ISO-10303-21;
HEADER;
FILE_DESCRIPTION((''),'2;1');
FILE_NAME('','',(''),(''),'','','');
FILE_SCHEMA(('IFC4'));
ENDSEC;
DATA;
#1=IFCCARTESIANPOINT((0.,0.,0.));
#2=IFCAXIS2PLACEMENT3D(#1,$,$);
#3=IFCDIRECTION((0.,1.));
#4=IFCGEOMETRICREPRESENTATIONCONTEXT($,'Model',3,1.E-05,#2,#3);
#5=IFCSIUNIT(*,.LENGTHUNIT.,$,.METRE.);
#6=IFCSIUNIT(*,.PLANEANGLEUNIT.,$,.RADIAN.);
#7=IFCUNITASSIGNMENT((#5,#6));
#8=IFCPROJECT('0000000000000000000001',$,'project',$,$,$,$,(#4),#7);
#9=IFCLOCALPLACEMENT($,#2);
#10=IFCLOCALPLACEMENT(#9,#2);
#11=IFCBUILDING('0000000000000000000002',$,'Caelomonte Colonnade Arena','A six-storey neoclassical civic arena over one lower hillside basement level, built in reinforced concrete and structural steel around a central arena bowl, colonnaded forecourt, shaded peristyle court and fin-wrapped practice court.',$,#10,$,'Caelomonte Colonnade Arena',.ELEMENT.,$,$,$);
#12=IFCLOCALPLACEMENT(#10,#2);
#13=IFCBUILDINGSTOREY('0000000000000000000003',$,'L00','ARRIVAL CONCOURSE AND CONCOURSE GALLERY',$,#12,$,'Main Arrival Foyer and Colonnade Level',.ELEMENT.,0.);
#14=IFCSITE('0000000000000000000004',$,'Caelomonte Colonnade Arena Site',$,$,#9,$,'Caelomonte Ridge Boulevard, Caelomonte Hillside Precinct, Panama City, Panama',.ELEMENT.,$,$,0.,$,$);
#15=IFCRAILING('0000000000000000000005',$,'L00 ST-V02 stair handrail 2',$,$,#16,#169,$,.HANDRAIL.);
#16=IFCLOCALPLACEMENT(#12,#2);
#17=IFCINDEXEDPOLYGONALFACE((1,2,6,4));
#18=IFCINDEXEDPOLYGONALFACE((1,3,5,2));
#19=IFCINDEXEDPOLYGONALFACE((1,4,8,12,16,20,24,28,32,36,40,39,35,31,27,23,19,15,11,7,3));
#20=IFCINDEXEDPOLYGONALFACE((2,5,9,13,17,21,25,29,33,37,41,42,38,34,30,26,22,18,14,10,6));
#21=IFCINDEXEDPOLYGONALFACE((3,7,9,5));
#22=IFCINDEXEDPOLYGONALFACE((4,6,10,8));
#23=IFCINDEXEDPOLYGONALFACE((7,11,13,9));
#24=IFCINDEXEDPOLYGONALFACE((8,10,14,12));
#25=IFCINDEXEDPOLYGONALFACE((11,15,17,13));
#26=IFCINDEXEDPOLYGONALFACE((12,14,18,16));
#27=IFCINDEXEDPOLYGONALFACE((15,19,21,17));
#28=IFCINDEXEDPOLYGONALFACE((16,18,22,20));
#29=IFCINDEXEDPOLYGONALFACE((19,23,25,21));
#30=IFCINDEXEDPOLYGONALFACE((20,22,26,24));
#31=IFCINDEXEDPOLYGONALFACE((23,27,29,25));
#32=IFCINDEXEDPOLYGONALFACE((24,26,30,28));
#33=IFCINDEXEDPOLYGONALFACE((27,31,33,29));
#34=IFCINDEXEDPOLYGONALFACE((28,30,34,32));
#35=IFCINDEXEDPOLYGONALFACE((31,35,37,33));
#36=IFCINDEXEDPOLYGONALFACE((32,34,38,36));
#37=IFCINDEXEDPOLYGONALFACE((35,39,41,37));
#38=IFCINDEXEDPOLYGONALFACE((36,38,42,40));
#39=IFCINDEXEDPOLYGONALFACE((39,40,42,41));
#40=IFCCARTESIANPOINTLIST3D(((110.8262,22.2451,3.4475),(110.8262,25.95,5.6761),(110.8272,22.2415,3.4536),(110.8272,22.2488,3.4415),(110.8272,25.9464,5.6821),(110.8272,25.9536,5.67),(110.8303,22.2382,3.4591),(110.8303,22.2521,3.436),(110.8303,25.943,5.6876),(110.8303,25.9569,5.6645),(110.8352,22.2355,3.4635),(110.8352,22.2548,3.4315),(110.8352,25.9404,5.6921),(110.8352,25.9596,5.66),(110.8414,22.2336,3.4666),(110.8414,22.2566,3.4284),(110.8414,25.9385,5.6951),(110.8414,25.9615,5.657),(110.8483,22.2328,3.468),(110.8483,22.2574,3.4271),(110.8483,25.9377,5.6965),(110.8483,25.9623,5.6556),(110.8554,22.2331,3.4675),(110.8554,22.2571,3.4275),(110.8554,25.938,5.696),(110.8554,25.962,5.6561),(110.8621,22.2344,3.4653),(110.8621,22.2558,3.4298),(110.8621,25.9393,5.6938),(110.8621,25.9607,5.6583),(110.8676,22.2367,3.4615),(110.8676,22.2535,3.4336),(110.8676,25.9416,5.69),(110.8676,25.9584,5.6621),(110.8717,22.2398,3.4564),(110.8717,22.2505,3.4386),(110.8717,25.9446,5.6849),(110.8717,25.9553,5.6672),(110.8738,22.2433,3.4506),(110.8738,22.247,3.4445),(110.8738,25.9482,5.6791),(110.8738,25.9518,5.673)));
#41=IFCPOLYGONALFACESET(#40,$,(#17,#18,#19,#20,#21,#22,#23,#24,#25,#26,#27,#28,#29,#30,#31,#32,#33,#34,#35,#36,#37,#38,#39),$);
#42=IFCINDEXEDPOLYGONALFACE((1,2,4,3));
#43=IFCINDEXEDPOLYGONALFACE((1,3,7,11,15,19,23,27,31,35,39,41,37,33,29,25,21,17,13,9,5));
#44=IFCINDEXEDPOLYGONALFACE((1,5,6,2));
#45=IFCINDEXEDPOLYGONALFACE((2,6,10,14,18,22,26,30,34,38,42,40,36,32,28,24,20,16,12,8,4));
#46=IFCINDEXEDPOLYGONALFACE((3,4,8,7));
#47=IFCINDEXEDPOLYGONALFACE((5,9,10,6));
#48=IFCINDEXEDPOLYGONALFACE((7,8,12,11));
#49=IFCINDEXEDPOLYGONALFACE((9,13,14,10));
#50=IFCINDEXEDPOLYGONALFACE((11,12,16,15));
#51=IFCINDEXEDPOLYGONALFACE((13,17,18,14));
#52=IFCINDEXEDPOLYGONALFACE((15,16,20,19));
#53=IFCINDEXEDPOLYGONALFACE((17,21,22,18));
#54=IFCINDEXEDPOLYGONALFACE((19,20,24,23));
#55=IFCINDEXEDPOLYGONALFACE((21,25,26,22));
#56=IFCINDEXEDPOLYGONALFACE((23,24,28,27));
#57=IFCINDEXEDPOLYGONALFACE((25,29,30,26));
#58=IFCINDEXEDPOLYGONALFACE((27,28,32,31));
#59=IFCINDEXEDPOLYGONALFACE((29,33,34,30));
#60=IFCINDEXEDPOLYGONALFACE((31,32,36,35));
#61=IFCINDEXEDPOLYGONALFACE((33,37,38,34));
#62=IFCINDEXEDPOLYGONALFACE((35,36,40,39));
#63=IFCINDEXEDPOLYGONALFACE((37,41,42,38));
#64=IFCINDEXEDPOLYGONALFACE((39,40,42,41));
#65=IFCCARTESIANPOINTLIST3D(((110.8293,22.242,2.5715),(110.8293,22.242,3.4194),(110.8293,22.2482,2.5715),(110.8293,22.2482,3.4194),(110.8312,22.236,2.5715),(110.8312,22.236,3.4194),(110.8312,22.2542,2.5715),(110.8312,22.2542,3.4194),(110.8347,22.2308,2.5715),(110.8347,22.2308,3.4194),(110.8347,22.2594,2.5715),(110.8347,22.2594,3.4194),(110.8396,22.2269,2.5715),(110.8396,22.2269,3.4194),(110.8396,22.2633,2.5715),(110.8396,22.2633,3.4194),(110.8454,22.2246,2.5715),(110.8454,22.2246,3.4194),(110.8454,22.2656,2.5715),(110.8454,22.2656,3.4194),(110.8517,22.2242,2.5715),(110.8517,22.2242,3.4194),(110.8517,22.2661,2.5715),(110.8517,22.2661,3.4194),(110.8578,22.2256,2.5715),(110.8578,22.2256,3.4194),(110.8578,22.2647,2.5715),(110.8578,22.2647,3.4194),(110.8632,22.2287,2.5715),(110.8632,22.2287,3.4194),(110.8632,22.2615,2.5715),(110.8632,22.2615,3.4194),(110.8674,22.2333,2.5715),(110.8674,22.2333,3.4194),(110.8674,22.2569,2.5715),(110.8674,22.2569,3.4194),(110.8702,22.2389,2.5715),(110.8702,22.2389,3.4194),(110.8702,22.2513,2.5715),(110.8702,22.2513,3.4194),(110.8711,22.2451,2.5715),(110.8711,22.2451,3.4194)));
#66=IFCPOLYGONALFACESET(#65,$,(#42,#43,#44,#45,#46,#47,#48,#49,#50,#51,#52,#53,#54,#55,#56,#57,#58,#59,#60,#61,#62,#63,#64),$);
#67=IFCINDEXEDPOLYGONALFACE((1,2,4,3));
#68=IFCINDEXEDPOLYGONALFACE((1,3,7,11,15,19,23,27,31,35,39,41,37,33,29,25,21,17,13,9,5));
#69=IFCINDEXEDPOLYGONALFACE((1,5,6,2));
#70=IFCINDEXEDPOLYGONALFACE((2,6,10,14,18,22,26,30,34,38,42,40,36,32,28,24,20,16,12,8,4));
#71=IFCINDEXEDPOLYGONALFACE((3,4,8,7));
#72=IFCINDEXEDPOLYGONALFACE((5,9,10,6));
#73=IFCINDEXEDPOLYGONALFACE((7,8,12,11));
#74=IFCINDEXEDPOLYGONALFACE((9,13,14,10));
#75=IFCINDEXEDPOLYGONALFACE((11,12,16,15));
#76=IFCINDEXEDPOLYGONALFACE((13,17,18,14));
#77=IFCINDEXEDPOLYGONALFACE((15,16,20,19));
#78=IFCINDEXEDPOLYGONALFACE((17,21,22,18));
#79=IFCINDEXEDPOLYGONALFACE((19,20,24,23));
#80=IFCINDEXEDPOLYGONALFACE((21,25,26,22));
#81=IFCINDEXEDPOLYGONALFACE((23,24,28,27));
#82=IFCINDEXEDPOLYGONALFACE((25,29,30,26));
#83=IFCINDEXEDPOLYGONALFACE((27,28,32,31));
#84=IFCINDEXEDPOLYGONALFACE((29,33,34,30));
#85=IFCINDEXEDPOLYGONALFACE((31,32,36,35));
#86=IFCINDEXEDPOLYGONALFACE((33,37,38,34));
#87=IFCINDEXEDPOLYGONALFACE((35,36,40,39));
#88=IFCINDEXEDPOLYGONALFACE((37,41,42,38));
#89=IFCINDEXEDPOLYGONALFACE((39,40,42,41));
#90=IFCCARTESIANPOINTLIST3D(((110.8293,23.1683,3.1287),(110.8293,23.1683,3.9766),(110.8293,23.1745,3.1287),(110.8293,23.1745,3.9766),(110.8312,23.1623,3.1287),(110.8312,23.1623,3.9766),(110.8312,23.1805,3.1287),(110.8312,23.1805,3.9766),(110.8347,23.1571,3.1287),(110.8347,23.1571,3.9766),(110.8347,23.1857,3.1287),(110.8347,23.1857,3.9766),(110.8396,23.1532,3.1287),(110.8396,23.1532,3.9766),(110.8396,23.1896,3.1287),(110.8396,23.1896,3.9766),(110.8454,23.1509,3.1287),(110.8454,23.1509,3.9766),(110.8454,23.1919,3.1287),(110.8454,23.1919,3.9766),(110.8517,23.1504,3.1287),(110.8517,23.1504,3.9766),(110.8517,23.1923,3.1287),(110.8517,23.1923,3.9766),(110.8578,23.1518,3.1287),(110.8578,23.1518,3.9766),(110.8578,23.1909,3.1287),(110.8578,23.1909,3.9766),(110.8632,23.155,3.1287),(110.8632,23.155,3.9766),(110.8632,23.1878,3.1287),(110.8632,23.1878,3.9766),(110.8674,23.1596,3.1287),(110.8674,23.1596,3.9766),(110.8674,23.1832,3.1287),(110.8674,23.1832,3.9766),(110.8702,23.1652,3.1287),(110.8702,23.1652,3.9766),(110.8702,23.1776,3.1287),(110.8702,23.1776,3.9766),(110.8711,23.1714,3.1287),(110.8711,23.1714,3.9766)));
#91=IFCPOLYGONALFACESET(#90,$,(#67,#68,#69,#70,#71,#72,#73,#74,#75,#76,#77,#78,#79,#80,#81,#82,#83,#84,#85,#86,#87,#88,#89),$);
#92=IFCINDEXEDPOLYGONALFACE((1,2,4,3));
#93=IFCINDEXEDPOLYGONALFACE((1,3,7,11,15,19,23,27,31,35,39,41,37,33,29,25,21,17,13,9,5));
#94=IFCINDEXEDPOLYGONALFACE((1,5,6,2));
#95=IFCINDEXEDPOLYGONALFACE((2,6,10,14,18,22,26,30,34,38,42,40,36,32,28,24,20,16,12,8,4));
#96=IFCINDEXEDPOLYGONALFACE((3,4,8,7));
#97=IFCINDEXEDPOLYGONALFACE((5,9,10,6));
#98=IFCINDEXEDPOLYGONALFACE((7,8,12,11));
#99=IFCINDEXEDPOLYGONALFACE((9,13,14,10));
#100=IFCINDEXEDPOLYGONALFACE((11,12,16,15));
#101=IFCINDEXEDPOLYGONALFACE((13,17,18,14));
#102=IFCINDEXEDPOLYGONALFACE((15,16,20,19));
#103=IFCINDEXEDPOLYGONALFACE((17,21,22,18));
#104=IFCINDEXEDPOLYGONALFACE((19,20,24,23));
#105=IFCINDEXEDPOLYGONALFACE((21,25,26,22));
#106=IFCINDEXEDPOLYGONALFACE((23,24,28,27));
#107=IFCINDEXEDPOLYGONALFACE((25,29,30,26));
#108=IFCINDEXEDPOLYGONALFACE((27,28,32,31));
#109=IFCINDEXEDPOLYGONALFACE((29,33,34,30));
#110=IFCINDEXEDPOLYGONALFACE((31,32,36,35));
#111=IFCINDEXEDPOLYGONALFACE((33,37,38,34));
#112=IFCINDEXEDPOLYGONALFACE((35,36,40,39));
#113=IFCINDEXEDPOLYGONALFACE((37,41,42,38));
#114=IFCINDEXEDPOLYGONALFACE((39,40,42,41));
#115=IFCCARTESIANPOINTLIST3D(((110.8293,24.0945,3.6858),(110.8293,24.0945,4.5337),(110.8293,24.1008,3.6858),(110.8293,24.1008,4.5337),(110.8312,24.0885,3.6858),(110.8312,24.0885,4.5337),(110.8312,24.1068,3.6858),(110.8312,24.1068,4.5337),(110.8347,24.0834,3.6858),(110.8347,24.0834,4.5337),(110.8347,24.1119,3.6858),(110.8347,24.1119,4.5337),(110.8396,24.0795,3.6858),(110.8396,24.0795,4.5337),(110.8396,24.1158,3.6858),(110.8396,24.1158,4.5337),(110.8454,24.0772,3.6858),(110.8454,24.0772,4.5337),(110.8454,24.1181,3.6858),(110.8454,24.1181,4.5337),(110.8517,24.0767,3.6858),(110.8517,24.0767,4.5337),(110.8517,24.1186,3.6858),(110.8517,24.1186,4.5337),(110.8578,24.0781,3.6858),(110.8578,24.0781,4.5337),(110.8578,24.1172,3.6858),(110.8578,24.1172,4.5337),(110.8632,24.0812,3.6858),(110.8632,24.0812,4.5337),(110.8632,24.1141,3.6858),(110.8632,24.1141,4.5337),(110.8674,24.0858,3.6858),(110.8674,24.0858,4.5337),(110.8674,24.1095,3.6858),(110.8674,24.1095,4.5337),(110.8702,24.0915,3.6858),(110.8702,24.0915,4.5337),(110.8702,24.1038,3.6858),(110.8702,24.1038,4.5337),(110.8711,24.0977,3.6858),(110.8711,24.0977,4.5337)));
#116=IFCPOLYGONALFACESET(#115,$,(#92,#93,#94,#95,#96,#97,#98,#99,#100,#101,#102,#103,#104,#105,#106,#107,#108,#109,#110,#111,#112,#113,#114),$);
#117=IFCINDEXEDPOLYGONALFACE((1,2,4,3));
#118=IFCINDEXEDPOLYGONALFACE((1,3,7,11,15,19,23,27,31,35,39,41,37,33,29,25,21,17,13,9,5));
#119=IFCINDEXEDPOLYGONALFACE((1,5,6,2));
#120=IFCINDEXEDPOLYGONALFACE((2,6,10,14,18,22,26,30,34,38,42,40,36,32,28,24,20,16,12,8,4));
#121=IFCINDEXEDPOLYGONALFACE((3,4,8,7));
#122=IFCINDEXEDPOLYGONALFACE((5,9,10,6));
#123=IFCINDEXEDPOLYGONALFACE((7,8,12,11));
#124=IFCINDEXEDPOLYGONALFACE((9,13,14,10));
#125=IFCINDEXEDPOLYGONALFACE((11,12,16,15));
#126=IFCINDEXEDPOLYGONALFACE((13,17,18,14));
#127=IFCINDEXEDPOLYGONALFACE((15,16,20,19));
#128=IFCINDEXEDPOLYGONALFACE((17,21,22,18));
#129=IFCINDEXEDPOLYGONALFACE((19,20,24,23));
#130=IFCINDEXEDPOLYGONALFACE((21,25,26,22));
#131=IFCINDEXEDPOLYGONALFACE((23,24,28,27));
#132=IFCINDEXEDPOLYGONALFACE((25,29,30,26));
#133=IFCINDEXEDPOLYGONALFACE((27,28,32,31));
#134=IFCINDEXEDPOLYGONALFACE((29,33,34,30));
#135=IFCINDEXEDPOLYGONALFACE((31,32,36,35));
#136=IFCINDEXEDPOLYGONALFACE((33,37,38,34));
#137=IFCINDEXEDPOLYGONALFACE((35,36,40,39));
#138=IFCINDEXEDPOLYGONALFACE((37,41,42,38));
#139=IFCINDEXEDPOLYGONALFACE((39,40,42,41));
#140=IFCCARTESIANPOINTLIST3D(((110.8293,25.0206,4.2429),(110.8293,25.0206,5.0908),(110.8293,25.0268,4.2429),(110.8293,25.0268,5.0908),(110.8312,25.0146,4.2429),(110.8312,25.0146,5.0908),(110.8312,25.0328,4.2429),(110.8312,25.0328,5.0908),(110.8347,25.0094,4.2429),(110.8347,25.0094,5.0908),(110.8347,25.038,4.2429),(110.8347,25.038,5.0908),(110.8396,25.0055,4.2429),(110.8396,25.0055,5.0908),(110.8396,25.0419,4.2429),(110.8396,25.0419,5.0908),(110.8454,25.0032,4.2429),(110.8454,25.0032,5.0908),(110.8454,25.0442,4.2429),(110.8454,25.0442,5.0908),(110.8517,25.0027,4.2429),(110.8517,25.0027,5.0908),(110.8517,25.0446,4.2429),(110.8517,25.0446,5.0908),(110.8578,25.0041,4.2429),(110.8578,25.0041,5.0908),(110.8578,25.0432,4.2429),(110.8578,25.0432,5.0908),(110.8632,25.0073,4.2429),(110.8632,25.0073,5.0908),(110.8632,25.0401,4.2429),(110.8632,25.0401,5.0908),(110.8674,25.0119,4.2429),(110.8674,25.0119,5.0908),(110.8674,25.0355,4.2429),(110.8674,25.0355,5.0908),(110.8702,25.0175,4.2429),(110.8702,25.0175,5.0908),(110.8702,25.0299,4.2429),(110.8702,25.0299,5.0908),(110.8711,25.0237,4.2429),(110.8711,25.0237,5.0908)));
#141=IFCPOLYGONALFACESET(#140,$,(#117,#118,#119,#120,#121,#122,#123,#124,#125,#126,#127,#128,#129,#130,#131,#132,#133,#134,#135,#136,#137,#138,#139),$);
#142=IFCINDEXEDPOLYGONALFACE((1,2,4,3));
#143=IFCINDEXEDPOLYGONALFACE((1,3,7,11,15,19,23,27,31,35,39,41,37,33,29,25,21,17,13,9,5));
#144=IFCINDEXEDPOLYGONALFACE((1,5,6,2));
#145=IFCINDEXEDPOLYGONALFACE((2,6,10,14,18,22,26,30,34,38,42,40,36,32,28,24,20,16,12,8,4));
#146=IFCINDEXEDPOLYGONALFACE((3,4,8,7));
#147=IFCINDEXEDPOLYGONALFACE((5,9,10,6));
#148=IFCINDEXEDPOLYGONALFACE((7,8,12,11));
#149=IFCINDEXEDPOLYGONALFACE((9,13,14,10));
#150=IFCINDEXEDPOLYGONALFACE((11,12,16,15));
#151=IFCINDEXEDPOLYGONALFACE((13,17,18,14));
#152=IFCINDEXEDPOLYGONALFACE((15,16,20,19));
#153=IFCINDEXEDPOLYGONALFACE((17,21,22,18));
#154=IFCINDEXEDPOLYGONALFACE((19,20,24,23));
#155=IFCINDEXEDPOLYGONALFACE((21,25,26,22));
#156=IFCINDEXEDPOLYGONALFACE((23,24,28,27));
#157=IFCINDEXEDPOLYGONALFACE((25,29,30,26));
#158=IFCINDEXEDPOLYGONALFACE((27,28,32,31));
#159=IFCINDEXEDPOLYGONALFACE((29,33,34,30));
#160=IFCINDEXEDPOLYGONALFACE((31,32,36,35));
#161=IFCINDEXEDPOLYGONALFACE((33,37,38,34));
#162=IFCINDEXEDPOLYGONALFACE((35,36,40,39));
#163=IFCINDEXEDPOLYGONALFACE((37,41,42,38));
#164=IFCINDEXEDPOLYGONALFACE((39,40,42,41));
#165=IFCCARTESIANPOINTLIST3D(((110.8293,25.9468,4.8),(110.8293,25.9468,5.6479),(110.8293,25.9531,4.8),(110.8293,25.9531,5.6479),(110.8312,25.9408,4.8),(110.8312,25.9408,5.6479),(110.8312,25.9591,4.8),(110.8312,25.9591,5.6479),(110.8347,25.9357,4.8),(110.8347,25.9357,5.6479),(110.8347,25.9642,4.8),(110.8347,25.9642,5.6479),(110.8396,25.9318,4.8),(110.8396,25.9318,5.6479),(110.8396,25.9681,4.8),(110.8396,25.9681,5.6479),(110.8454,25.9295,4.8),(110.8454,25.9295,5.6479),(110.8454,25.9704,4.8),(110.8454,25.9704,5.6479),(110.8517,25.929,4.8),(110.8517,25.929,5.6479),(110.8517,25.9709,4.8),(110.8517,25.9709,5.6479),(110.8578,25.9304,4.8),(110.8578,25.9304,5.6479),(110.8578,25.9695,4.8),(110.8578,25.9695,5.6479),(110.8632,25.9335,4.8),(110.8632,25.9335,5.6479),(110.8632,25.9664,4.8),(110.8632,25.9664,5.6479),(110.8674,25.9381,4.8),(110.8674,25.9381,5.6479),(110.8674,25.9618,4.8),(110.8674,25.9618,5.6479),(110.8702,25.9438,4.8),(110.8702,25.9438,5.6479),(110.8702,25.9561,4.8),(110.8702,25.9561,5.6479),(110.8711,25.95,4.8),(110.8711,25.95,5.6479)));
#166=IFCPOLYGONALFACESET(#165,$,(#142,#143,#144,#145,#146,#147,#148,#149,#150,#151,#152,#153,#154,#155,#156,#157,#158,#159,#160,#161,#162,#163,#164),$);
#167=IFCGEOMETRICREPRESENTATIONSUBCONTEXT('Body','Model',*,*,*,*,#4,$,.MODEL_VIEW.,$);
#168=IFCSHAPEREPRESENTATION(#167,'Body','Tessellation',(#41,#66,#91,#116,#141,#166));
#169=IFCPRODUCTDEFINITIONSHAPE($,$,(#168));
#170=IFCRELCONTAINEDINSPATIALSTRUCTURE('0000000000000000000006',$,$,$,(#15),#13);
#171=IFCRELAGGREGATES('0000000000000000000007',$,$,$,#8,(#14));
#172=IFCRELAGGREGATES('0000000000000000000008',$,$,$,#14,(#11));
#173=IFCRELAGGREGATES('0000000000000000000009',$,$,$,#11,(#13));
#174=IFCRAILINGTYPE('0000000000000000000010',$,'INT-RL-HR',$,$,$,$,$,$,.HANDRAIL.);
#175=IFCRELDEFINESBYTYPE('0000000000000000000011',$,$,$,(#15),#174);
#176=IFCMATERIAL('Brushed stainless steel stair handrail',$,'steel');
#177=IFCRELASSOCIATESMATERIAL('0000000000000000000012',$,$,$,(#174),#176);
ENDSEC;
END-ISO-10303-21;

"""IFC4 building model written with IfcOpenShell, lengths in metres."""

from ifc_helpers import new_model, si_unit, direction, frame, origin, origin_2d, place, context, subcontext, project, spatial, circle, extrude, material, type_object, element, save


model = new_model("IFC4")

# Units and contexts
model_context = context("Model", 3, precision=1e-05, world=origin(), true_north=direction((0.0, 1.0)))
body_context = subcontext(model_context, "Body", "Model", "MODEL_VIEW")
ifc_project = project(units=[si_unit("LENGTHUNIT", "METRE"), si_unit("PLANEANGLEUNIT", "RADIAN")], contexts=[model_context])

# Site, building, storey
site_placement = place(None, origin())
site = spatial("IfcSite", under=ifc_project, at=site_placement, Name="Caelomonte Colonnade Arena Site", LongName="Caelomonte Ridge Boulevard, Caelomonte Hillside Precinct, Panama City, Panama", CompositionType="ELEMENT", RefElevation=0.0)
building_placement = place(site_placement, origin())
building = spatial("IfcBuilding", under=site, at=building_placement, Name="Caelomonte Colonnade Arena", Description="A six-storey neoclassical civic arena over one lower hillside basement level, built in reinforced concrete and structural steel around a central arena bowl, colonnaded forecourt, shaded peristyle court and fin-wrapped practice court.", LongName="Caelomonte Colonnade Arena", CompositionType="ELEMENT")
storey_placement = place(building_placement, origin())
storey = spatial("IfcBuildingStorey", under=building, at=storey_placement, Name="L00", Description="ARRIVAL CONCOURSE AND CONCOURSE GALLERY", LongName="Main Arrival Foyer and Colonnade Level", CompositionType="ELEMENT", Elevation=0.0)

# Railing
ifc_material_1 = material(Name="Brushed stainless steel stair handrail", Category="steel")
railing_type_1 = type_object("IfcRailingType", Name="INT-RL-HR", PredefinedType="HANDRAIL", material=ifc_material_1)
for number, where, name in (
    (1, (110.8501, 22.2451, 2.5715), "L00 ST-V02 stair handrail 2"),
):
    element("IfcRailing", number, at=place(storey_placement, frame(where)), inside=storey, type_object=railing_type_1, Name=name, PredefinedType="HANDRAIL", context=body_context, shape_type="SweptSolid", body=[
        extrude(circle(Radius=0.0239, at=origin_2d()), frame((0.0, 0.0, 0.876), z_axis=(0.0, 0.856919, 0.51545), x_axis=(-1.0, 0.0, 0.0)), (0.0, 0.0, 1.0), 4.3235),
        extrude(circle(Radius=0.021, at=origin_2d()), origin(), (0.0, 0.0, 1.0), 0.8479),
        extrude(circle(Radius=0.021, at=origin_2d()), frame((0.0, 0.9263, 0.5571)), (0.0, 0.0, 1.0), 0.8479),
        extrude(circle(Radius=0.021, at=origin_2d()), frame((0.0, 1.8525, 1.1143)), (0.0, 0.0, 1.0), 0.8479),
        extrude(circle(Radius=0.021, at=origin_2d()), frame((0.0, 2.7786, 1.6714)), (0.0, 0.0, 1.0), 0.8479),
        extrude(circle(Radius=0.021, at=origin_2d()), frame((0.0, 3.7048, 2.2285)), (0.0, 0.0, 1.0), 0.8479),
    ])

save(model, "model.ifc")
